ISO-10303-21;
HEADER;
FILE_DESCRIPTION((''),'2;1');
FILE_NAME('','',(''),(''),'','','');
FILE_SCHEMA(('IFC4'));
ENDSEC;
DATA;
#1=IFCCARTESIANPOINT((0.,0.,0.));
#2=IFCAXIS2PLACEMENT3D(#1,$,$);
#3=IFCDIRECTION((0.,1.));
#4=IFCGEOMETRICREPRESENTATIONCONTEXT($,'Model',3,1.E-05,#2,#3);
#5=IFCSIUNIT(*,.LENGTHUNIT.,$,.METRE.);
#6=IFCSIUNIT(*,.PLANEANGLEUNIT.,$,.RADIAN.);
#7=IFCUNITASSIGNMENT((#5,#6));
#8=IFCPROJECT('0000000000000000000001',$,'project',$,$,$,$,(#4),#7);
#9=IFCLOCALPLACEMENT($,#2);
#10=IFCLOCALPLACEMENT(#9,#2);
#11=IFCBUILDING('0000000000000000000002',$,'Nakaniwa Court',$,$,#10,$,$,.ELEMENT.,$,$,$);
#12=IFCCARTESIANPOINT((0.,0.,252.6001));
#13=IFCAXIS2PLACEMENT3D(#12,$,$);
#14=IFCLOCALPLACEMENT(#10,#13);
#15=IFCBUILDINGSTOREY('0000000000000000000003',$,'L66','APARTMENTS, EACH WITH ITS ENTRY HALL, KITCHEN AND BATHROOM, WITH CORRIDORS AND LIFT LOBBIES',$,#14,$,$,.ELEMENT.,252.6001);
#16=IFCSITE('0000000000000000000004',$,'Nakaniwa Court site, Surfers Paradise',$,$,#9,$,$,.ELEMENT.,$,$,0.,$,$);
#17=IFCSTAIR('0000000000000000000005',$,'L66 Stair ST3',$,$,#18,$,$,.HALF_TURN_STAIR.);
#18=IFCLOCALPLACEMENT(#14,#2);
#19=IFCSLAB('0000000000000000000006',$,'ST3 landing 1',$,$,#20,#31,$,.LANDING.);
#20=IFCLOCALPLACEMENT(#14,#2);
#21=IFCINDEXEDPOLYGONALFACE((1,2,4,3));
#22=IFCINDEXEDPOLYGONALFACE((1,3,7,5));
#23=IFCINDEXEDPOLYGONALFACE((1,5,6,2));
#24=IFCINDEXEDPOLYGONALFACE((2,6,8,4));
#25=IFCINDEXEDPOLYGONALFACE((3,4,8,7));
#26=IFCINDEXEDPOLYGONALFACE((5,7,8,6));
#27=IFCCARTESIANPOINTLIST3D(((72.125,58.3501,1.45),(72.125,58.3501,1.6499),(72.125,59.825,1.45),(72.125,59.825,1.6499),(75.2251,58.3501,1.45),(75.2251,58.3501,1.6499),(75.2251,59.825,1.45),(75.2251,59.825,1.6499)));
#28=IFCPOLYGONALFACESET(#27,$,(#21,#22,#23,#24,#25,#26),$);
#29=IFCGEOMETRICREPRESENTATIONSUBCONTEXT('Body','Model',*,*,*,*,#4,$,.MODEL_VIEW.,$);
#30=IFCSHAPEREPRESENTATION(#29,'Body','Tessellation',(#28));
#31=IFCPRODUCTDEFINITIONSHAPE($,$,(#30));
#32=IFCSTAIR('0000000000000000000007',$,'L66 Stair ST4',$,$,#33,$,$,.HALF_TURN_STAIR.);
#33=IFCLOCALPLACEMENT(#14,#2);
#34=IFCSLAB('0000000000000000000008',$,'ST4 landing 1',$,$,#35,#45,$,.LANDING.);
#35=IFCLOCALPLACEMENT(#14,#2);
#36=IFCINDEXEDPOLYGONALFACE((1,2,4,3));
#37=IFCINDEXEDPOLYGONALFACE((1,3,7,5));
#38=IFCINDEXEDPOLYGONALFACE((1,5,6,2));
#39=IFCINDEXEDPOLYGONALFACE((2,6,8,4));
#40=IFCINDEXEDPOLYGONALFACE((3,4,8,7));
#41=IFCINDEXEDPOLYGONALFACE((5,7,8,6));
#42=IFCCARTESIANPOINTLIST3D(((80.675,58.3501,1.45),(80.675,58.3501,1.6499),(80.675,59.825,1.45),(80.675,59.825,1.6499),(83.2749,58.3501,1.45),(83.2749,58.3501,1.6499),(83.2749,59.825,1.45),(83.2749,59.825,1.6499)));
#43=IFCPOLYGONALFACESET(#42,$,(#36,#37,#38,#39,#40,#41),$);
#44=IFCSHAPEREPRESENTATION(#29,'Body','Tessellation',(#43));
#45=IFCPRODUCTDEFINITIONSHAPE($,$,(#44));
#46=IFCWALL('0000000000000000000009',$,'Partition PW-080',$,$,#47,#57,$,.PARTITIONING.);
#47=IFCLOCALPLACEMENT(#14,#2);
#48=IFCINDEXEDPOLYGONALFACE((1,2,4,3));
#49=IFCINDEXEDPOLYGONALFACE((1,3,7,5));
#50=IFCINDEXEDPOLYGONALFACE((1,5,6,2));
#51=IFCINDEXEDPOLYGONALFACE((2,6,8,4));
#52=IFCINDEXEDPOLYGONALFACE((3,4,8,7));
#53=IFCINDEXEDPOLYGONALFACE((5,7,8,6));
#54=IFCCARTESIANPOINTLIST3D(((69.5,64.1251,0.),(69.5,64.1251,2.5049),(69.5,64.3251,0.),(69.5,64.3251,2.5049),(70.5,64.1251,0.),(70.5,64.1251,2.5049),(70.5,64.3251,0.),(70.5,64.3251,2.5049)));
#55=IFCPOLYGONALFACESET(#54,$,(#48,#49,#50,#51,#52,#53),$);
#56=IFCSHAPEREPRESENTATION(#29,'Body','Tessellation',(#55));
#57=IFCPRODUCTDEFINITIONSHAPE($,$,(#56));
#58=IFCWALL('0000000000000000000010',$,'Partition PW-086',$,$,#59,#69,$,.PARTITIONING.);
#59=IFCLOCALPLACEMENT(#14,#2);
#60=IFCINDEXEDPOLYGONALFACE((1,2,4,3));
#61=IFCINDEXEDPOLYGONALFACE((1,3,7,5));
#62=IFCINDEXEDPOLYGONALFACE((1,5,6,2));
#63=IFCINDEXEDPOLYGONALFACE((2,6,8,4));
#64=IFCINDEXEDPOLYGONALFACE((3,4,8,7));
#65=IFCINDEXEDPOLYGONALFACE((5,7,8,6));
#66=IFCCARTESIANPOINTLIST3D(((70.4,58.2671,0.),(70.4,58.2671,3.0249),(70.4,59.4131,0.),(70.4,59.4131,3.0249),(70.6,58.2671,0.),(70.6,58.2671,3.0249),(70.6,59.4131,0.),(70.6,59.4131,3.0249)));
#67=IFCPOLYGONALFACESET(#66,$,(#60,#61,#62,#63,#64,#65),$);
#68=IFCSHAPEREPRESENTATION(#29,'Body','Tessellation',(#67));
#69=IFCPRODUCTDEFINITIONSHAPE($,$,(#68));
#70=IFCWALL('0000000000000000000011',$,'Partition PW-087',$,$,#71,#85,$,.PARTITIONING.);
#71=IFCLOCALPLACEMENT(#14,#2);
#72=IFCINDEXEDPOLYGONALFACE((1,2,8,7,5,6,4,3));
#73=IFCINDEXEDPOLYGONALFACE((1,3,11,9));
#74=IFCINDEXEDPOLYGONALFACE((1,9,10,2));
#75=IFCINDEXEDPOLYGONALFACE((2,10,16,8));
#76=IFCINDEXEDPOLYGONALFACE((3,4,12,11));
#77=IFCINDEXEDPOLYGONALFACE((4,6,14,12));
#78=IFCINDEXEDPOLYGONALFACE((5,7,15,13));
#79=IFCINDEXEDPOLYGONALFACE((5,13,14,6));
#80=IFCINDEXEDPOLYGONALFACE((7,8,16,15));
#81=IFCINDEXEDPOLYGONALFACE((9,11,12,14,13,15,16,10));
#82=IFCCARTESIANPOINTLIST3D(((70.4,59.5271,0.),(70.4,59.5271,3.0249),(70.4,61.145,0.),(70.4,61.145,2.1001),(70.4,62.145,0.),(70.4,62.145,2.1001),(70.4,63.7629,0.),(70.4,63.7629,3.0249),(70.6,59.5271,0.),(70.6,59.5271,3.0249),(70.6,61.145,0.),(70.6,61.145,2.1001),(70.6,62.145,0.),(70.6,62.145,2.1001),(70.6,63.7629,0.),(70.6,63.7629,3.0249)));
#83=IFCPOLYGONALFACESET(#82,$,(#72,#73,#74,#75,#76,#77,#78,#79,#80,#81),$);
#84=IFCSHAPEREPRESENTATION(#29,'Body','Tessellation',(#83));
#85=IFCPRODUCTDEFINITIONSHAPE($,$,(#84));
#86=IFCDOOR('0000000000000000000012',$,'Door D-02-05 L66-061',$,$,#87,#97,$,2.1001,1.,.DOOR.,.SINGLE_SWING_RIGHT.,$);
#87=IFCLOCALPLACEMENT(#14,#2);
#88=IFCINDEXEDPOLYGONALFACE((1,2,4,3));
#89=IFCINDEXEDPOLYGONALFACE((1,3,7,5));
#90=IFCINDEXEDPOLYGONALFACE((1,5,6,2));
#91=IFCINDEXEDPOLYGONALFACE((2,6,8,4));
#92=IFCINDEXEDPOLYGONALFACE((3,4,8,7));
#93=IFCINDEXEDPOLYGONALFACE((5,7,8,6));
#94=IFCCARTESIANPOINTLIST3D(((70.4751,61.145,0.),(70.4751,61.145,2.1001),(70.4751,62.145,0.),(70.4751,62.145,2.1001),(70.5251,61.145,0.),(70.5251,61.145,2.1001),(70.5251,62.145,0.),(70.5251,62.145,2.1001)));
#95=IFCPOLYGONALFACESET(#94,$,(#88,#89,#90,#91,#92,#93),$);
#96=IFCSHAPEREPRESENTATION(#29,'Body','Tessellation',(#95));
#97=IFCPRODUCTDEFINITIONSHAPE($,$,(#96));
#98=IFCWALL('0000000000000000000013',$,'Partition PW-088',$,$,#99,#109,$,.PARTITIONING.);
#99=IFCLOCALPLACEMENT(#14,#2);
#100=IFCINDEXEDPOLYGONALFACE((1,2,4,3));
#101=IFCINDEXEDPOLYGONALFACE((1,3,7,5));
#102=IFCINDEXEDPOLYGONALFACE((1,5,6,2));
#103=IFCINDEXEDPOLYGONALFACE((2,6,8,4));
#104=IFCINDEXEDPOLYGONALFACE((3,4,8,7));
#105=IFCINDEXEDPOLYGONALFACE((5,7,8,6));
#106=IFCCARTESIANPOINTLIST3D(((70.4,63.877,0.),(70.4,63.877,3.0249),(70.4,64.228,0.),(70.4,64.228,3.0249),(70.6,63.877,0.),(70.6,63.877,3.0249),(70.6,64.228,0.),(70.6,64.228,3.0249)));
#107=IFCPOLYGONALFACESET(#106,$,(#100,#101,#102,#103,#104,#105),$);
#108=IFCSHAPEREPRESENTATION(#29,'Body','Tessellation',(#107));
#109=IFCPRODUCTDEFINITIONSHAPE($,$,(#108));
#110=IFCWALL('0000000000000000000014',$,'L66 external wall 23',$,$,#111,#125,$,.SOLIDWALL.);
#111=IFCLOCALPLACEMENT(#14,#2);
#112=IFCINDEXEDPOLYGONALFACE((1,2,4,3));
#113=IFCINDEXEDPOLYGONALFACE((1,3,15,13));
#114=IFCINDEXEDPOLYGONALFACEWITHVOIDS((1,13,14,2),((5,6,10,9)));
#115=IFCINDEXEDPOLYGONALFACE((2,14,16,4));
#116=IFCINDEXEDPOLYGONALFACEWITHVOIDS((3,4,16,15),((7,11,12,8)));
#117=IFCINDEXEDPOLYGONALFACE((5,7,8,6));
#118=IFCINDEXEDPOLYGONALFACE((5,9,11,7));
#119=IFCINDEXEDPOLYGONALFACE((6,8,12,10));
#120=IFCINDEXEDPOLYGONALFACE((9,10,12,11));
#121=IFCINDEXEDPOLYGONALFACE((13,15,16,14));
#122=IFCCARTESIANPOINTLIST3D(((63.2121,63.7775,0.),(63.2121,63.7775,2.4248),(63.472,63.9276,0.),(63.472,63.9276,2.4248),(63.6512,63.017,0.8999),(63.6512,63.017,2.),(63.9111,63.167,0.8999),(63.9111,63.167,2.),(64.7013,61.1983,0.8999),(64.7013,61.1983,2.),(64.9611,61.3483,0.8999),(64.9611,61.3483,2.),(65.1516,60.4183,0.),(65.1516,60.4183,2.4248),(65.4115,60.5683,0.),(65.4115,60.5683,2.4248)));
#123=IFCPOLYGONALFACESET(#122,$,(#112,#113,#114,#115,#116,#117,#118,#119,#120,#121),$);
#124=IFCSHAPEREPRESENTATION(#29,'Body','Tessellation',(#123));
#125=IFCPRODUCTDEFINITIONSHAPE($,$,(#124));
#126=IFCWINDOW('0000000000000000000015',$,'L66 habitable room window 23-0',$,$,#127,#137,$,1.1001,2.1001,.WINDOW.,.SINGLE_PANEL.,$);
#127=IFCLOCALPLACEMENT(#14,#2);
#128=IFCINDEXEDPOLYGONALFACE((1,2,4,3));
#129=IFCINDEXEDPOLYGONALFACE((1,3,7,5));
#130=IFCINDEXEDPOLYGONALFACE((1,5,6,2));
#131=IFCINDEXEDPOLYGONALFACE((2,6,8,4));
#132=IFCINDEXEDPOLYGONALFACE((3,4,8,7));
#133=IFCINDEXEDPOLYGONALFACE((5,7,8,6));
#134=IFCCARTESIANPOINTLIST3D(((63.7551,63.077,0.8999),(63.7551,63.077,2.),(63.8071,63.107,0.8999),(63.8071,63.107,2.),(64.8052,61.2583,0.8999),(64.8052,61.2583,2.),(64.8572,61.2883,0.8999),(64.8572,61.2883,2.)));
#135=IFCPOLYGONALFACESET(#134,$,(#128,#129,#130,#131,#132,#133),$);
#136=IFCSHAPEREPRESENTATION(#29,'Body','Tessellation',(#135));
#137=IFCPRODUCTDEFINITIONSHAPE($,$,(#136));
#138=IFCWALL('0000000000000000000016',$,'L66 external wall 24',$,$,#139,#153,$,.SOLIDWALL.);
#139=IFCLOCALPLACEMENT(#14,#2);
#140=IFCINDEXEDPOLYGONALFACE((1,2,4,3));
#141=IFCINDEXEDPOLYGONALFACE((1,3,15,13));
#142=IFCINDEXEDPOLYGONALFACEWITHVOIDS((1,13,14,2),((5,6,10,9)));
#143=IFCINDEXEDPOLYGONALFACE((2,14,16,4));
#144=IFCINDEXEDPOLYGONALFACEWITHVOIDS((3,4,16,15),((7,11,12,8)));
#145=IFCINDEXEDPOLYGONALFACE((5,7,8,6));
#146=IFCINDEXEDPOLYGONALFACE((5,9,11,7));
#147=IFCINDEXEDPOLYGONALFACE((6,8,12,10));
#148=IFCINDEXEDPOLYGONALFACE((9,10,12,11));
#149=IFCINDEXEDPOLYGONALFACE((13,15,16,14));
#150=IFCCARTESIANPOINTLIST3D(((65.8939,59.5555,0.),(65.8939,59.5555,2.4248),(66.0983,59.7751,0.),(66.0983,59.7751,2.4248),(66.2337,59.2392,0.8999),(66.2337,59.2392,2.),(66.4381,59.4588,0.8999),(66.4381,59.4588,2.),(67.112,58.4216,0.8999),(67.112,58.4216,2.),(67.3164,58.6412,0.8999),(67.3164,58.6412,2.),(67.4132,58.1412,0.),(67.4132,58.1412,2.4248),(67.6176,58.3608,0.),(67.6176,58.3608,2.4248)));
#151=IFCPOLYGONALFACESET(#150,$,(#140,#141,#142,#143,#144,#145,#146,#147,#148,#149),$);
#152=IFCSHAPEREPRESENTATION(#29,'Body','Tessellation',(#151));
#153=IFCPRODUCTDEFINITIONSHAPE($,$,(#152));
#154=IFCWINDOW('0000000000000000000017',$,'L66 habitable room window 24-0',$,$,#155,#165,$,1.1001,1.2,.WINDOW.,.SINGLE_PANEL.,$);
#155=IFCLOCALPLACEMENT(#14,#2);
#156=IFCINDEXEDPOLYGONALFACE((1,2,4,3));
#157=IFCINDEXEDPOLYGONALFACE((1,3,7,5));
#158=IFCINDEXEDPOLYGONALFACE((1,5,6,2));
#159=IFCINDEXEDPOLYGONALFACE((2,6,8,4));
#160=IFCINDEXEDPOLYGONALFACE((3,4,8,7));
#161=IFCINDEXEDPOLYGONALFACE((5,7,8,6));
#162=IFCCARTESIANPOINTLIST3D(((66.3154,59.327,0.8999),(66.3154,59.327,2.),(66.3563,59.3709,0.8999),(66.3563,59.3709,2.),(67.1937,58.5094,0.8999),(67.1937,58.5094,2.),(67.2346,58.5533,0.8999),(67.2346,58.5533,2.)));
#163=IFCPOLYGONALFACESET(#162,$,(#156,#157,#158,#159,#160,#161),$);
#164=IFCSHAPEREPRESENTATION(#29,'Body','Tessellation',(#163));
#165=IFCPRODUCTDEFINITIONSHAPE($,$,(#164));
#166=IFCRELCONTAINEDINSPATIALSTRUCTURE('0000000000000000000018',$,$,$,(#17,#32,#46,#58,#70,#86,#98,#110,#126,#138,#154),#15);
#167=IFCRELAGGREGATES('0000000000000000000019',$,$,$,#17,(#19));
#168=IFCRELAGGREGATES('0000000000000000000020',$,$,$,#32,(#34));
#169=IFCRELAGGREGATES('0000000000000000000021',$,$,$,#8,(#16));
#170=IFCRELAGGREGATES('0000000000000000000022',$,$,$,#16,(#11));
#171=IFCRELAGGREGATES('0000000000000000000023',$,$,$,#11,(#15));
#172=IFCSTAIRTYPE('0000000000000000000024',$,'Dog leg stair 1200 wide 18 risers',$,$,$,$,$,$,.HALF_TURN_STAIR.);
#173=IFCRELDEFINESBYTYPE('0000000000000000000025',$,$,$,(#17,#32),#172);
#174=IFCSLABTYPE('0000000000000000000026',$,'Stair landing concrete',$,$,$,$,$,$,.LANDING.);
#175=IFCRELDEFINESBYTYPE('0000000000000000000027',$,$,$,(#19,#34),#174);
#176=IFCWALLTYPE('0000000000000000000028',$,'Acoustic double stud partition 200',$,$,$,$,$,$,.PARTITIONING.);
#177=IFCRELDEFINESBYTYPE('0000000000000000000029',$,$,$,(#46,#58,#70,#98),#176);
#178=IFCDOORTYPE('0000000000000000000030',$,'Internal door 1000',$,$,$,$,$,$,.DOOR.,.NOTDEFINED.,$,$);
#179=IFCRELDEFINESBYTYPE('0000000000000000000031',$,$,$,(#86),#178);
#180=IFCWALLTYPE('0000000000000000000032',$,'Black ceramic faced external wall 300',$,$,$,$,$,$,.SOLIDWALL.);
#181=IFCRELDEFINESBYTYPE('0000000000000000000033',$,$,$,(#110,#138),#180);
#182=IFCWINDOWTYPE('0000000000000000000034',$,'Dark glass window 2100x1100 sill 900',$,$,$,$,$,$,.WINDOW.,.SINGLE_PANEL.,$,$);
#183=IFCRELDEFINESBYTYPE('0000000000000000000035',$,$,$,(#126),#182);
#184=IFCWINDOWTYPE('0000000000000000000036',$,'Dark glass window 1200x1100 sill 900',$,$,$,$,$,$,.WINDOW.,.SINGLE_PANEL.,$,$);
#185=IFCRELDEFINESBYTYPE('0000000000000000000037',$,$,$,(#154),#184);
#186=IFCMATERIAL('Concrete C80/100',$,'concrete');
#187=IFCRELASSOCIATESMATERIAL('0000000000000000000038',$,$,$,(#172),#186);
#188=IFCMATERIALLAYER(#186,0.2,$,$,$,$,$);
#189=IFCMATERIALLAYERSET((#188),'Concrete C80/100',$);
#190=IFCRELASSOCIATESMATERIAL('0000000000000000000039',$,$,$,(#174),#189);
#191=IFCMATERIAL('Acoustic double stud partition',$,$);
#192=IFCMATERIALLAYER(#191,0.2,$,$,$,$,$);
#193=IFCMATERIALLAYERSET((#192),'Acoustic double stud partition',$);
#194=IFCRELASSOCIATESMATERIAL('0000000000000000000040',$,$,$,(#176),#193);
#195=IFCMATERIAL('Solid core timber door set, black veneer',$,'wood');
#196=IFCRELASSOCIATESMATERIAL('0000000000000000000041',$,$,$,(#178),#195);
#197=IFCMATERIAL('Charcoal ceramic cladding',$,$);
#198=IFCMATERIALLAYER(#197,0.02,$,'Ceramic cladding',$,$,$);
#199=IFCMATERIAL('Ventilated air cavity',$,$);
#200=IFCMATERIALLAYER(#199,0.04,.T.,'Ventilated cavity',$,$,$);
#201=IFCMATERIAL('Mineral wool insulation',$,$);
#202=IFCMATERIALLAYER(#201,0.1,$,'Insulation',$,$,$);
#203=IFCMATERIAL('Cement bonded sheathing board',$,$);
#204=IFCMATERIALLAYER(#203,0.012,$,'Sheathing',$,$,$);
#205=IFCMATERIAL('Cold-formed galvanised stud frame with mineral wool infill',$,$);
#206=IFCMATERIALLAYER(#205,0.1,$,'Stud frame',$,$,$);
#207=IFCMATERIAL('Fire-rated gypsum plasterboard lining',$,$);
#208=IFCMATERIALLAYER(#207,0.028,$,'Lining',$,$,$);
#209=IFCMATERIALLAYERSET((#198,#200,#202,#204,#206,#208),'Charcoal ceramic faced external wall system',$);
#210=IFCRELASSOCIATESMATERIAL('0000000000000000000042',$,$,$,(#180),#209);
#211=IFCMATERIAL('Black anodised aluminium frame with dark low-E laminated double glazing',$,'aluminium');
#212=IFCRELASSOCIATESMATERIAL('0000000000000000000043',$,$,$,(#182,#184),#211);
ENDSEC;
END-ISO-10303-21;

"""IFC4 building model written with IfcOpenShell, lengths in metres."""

from ifc_helpers import new_model, si_unit, direction, frame, frame_2d, origin, place, context, subcontext, project, spatial, polyline, rectangle, outline, extrude, material, layer, layer_set, type_object, element, fill, aggregate, save


model = new_model("IFC4")

# Units and contexts
model_context = context("Model", 3, precision=1e-05, world=origin(), true_north=direction((0.0, 1.0)))
body_context = subcontext(model_context, "Body", "Model", "MODEL_VIEW")
ifc_project = project(units=[si_unit("LENGTHUNIT", "METRE"), si_unit("PLANEANGLEUNIT", "RADIAN")], contexts=[model_context])

# Site, building, storey
site_placement = place(None, origin())
site = spatial("IfcSite", under=ifc_project, at=site_placement, Name="Nakaniwa Court site, Surfers Paradise", CompositionType="ELEMENT", RefElevation=0.0)
building_placement = place(site_placement, origin())
building = spatial("IfcBuilding", under=site, at=building_placement, Name="Nakaniwa Court", CompositionType="ELEMENT")
storey_placement = place(building_placement, frame((0.0, 0.0, 252.6001)))
storey = spatial("IfcBuildingStorey", under=building, at=storey_placement, Name="L66", Description="APARTMENTS, EACH WITH ITS ENTRY HALL, KITCHEN AND BATHROOM, WITH CORRIDORS AND LIFT LOBBIES", CompositionType="ELEMENT", Elevation=252.6001)

# Shared definitions
ifc_material_1 = material(Name="Concrete C80/100", Category="concrete")

# Stairs, slabs
stair_type = type_object("IfcStairType", Name="Dog leg stair 1200 wide 18 risers", PredefinedType="HALF_TURN_STAIR", material=ifc_material_1)
ifc_layer_1 = layer(ifc_material_1, 0.2)
ifc_layer_set_1 = layer_set([ifc_layer_1], Name="Concrete C80/100")
slab_type_1 = type_object("IfcSlabType", Name="Stair landing concrete", PredefinedType="LANDING", material=ifc_layer_set_1)
stair_1_placement = place(storey_placement, origin())
stair_1 = element("IfcStair", 1, at=stair_1_placement, inside=storey, type_object=stair_type, Name="L66 Stair ST3", PredefinedType="HALF_TURN_STAIR")
slab_1_placement = place(storey_placement, frame((0.0, 0.0, 1.45)))
slab_1 = element("IfcSlab", 2, at=slab_1_placement, type_object=slab_type_1, Name="ST3 landing 1", PredefinedType="LANDING", context=body_context, shape_type="SweptSolid", body=[
    extrude(outline(polyline([(75.2251, 58.3501), (75.2251, 59.825), (72.125, 59.825), (72.125, 58.3501), (75.2251, 58.3501)])), origin(), (0.0, 0.0, 1.0), 0.2),
])
aggregate(stair_1, [slab_1])
stair_2_placement = place(storey_placement, origin())
stair_2 = element("IfcStair", 3, at=stair_2_placement, inside=storey, type_object=stair_type, Name="L66 Stair ST4", PredefinedType="HALF_TURN_STAIR")
slab_2_placement = place(storey_placement, frame((0.0, 0.0, 1.45)))
slab_2 = element("IfcSlab", 4, at=slab_2_placement, type_object=slab_type_1, Name="ST4 landing 1", PredefinedType="LANDING", context=body_context, shape_type="SweptSolid", body=[
    extrude(outline(polyline([(83.2749, 58.3501), (83.2749, 59.825), (80.675, 59.825), (80.675, 58.3501), (83.2749, 58.3501)])), origin(), (0.0, 0.0, 1.0), 0.2),
])
aggregate(stair_2, [slab_2])

# Walls
ifc_material_2 = material(Name="Acoustic double stud partition")
ifc_layer_2 = layer(ifc_material_2, 0.2)
ifc_layer_set_2 = layer_set([ifc_layer_2], Name="Acoustic double stud partition")
wall_type_1 = type_object("IfcWallType", Name="Acoustic double stud partition 200", PredefinedType="PARTITIONING", material=ifc_layer_set_2)
wall_1_placement = place(storey_placement, frame((69.5, 64.2251, 0.0), z_axis=(0.0, 0.0, 1.0), x_axis=(1.0, 0.0, 0.0)))
element("IfcWall", 5, at=wall_1_placement, inside=storey, type_object=wall_type_1, Name="Partition PW-080", PredefinedType="PARTITIONING", context=body_context, shape_type="SweptSolid", body=[
    extrude(rectangle(XDim=1.0, YDim=0.2, at=frame_2d((0.5, 0.0))), origin(), (0.0, 0.0, 1.0), 2.5049),
])
wall_2_placement = place(storey_placement, frame((70.5, 58.2671, 0.0), z_axis=(0.0, 0.0, 1.0), x_axis=(0.0, 1.0, 0.0)))
element("IfcWall", 6, at=wall_2_placement, inside=storey, type_object=wall_type_1, Name="Partition PW-086", PredefinedType="PARTITIONING", context=body_context, shape_type="SweptSolid", body=[
    extrude(rectangle(XDim=1.146, YDim=0.2, at=frame_2d((0.573, 0.0))), origin(), (0.0, 0.0, 1.0), 3.0249),
])

# Wall, opening, door
wall_3_placement = place(storey_placement, frame((70.5, 59.5271, 0.0), z_axis=(0.0, 0.0, 1.0), x_axis=(0.0, 1.0, 0.0)))
wall_3 = element("IfcWall", 7, at=wall_3_placement, inside=storey, type_object=wall_type_1, Name="Partition PW-087", PredefinedType="PARTITIONING", context=body_context, shape_type="SweptSolid", body=[
    extrude(rectangle(XDim=4.2358, YDim=0.2, at=frame_2d((2.1179, 0.0))), origin(), (0.0, 0.0, 1.0), 3.0249),
])
opening_1_placement = place(wall_3_placement, frame((1.6179, 0.0, 0.0)))
opening_1 = element("IfcOpeningElement", 8, at=opening_1_placement, cuts=wall_3, PredefinedType="OPENING", context=body_context, shape_type="SweptSolid", body=[
    extrude(rectangle(XDim=1.0, YDim=2.1001, at=frame_2d((0.5, 1.05))), frame((0.0, 0.1099, 0.0), z_axis=(0.0, -1.0, 0.0), x_axis=(1.0, 0.0, 0.0)), (0.0, 0.0, 1.0), 0.22),
])
ifc_material_3 = material(Name="Solid core timber door set, black veneer", Category="wood")
door_type = type_object("IfcDoorType", Name="Internal door 1000", OperationType="NOTDEFINED", PredefinedType="DOOR", material=ifc_material_3)
door_placement = place(opening_1_placement, origin())
door = element("IfcDoor", 9, at=door_placement, inside=storey, type_object=door_type, Name="Door D-02-05 L66-061", OperationType="SINGLE_SWING_RIGHT", OverallHeight=2.1001, OverallWidth=1.0, PredefinedType="DOOR", context=body_context, shape_type="SweptSolid", body=[
    extrude(rectangle(XDim=1.0, YDim=2.1001, at=frame_2d((0.5, 1.05))), frame((0.0, 0.0249, 0.0), z_axis=(0.0, -1.0, 0.0), x_axis=(1.0, 0.0, 0.0)), (0.0, 0.0, 1.0), 0.05),
])
fill(opening_1, door)

# Wall
wall_4_placement = place(storey_placement, frame((70.5, 63.877, 0.0), z_axis=(0.0, 0.0, 1.0), x_axis=(0.0, 1.0, 0.0)))
element("IfcWall", 10, at=wall_4_placement, inside=storey, type_object=wall_type_1, Name="Partition PW-088", PredefinedType="PARTITIONING", context=body_context, shape_type="SweptSolid", body=[
    extrude(rectangle(XDim=0.3511, YDim=0.2, at=frame_2d((0.1755, 0.0))), origin(), (0.0, 0.0, 1.0), 3.0249),
])

# Walls, openings, windows
ifc_material_4 = material(Name="Charcoal ceramic cladding")
ifc_layer_3 = layer(ifc_material_4, 0.02, Name="Ceramic cladding")
ifc_material_5 = material(Name="Ventilated air cavity")
ifc_layer_4 = layer(ifc_material_5, 0.04, ventilated=True, Name="Ventilated cavity")
ifc_material_6 = material(Name="Mineral wool insulation")
ifc_layer_5 = layer(ifc_material_6, 0.1, Name="Insulation")
ifc_material_7 = material(Name="Cement bonded sheathing board")
ifc_layer_6 = layer(ifc_material_7, 0.012, Name="Sheathing")
ifc_material_8 = material(Name="Cold-formed galvanised stud frame with mineral wool infill")
ifc_layer_7 = layer(ifc_material_8, 0.1, Name="Stud frame")
ifc_material_9 = material(Name="Fire-rated gypsum plasterboard lining")
ifc_layer_8 = layer(ifc_material_9, 0.028, Name="Lining")
ifc_layer_set_3 = layer_set([ifc_layer_3, ifc_layer_4, ifc_layer_5, ifc_layer_6, ifc_layer_7, ifc_layer_8], Name="Charcoal ceramic faced external wall system")
wall_type_2 = type_object("IfcWallType", Name="Black ceramic faced external wall 300", PredefinedType="SOLIDWALL", material=ifc_layer_set_3)
wall_5_placement = place(storey_placement, frame((63.342, 63.8525, 0.0), z_axis=(0.0, 0.0, 1.0), x_axis=(0.500011, -0.866019, 0.0)))
wall_5 = element("IfcWall", 11, at=wall_5_placement, inside=storey, type_object=wall_type_2, Name="L66 external wall 23", PredefinedType="SOLIDWALL", context=body_context, shape_type="SweptSolid", body=[
    extrude(rectangle(XDim=3.8789, YDim=0.3, at=frame_2d((1.9395, 0.0))), origin(), (0.0, 0.0, 1.0), 2.4248),
])
opening_2_placement = place(wall_5_placement, frame((0.8782, 0.0, 0.8999)))
opening_2 = element("IfcOpeningElement", 12, at=opening_2_placement, cuts=wall_5, PredefinedType="OPENING", context=body_context, shape_type="SweptSolid", body=[
    extrude(rectangle(XDim=2.1001, YDim=1.1001, at=frame_2d((1.05, 0.55))), frame((0.0, 0.1599, 0.0), z_axis=(0.0, -1.0, 0.0), x_axis=(1.0, 0.0, 0.0)), (0.0, 0.0, 1.0), 0.3201),
])
ifc_material_10 = material(Name="Black anodised aluminium frame with dark low-E laminated double glazing", Category="aluminium")
window_type_1 = type_object("IfcWindowType", Name="Dark glass window 2100x1100 sill 900", PartitioningType="SINGLE_PANEL", PredefinedType="WINDOW", material=ifc_material_10)
window_1_placement = place(opening_2_placement, origin())
window_1 = element("IfcWindow", 13, at=window_1_placement, inside=storey, type_object=window_type_1, Name="L66 habitable room window 23-0", OverallHeight=1.1001, OverallWidth=2.1001, PartitioningType="SINGLE_PANEL", PredefinedType="WINDOW", context=body_context, shape_type="SweptSolid", body=[
    extrude(rectangle(XDim=2.1001, YDim=1.1001, at=frame_2d((1.05, 0.55))), frame((0.0, 0.03, 0.0), z_axis=(0.0, -1.0, 0.0), x_axis=(1.0, 0.0, 0.0)), (0.0, 0.0, 1.0), 0.0601),
])
fill(opening_2, window_1)
wall_6_placement = place(storey_placement, frame((65.9961, 59.6653, 0.0), z_axis=(0.0, 0.0, 1.0), x_axis=(0.731943, -0.681366, 0.0)))
wall_6 = element("IfcWall", 14, at=wall_6_placement, inside=storey, type_object=wall_type_2, Name="L66 external wall 24", PredefinedType="SOLIDWALL", context=body_context, shape_type="SweptSolid", body=[
    extrude(rectangle(XDim=2.0757, YDim=0.3, at=frame_2d((1.0378, 0.0))), origin(), (0.0, 0.0, 1.0), 2.4248),
])
opening_3_placement = place(wall_6_placement, frame((0.4641, 0.0, 0.8999)))
opening_3 = element("IfcOpeningElement", 15, at=opening_3_placement, cuts=wall_6, PredefinedType="OPENING", context=body_context, shape_type="SweptSolid", body=[
    extrude(rectangle(XDim=1.2, YDim=1.1001, at=frame_2d((0.6001, 0.55))), frame((0.0, 0.1599, 0.0), z_axis=(0.0, -1.0, 0.0), x_axis=(1.0, 0.0, 0.0)), (0.0, 0.0, 1.0), 0.3201),
])
window_type_2 = type_object("IfcWindowType", Name="Dark glass window 1200x1100 sill 900", PartitioningType="SINGLE_PANEL", PredefinedType="WINDOW", material=ifc_material_10)
window_2_placement = place(opening_3_placement, origin())
window_2 = element("IfcWindow", 16, at=window_2_placement, inside=storey, type_object=window_type_2, Name="L66 habitable room window 24-0", OverallHeight=1.1001, OverallWidth=1.2, PartitioningType="SINGLE_PANEL", PredefinedType="WINDOW", context=body_context, shape_type="SweptSolid", body=[
    extrude(rectangle(XDim=1.2, YDim=1.1001, at=frame_2d((0.6001, 0.55))), frame((0.0, 0.03, 0.0), z_axis=(0.0, -1.0, 0.0), x_axis=(1.0, 0.0, 0.0)), (0.0, 0.0, 1.0), 0.0601),
])
fill(opening_3, window_2)

save(model, "model.ifc")
